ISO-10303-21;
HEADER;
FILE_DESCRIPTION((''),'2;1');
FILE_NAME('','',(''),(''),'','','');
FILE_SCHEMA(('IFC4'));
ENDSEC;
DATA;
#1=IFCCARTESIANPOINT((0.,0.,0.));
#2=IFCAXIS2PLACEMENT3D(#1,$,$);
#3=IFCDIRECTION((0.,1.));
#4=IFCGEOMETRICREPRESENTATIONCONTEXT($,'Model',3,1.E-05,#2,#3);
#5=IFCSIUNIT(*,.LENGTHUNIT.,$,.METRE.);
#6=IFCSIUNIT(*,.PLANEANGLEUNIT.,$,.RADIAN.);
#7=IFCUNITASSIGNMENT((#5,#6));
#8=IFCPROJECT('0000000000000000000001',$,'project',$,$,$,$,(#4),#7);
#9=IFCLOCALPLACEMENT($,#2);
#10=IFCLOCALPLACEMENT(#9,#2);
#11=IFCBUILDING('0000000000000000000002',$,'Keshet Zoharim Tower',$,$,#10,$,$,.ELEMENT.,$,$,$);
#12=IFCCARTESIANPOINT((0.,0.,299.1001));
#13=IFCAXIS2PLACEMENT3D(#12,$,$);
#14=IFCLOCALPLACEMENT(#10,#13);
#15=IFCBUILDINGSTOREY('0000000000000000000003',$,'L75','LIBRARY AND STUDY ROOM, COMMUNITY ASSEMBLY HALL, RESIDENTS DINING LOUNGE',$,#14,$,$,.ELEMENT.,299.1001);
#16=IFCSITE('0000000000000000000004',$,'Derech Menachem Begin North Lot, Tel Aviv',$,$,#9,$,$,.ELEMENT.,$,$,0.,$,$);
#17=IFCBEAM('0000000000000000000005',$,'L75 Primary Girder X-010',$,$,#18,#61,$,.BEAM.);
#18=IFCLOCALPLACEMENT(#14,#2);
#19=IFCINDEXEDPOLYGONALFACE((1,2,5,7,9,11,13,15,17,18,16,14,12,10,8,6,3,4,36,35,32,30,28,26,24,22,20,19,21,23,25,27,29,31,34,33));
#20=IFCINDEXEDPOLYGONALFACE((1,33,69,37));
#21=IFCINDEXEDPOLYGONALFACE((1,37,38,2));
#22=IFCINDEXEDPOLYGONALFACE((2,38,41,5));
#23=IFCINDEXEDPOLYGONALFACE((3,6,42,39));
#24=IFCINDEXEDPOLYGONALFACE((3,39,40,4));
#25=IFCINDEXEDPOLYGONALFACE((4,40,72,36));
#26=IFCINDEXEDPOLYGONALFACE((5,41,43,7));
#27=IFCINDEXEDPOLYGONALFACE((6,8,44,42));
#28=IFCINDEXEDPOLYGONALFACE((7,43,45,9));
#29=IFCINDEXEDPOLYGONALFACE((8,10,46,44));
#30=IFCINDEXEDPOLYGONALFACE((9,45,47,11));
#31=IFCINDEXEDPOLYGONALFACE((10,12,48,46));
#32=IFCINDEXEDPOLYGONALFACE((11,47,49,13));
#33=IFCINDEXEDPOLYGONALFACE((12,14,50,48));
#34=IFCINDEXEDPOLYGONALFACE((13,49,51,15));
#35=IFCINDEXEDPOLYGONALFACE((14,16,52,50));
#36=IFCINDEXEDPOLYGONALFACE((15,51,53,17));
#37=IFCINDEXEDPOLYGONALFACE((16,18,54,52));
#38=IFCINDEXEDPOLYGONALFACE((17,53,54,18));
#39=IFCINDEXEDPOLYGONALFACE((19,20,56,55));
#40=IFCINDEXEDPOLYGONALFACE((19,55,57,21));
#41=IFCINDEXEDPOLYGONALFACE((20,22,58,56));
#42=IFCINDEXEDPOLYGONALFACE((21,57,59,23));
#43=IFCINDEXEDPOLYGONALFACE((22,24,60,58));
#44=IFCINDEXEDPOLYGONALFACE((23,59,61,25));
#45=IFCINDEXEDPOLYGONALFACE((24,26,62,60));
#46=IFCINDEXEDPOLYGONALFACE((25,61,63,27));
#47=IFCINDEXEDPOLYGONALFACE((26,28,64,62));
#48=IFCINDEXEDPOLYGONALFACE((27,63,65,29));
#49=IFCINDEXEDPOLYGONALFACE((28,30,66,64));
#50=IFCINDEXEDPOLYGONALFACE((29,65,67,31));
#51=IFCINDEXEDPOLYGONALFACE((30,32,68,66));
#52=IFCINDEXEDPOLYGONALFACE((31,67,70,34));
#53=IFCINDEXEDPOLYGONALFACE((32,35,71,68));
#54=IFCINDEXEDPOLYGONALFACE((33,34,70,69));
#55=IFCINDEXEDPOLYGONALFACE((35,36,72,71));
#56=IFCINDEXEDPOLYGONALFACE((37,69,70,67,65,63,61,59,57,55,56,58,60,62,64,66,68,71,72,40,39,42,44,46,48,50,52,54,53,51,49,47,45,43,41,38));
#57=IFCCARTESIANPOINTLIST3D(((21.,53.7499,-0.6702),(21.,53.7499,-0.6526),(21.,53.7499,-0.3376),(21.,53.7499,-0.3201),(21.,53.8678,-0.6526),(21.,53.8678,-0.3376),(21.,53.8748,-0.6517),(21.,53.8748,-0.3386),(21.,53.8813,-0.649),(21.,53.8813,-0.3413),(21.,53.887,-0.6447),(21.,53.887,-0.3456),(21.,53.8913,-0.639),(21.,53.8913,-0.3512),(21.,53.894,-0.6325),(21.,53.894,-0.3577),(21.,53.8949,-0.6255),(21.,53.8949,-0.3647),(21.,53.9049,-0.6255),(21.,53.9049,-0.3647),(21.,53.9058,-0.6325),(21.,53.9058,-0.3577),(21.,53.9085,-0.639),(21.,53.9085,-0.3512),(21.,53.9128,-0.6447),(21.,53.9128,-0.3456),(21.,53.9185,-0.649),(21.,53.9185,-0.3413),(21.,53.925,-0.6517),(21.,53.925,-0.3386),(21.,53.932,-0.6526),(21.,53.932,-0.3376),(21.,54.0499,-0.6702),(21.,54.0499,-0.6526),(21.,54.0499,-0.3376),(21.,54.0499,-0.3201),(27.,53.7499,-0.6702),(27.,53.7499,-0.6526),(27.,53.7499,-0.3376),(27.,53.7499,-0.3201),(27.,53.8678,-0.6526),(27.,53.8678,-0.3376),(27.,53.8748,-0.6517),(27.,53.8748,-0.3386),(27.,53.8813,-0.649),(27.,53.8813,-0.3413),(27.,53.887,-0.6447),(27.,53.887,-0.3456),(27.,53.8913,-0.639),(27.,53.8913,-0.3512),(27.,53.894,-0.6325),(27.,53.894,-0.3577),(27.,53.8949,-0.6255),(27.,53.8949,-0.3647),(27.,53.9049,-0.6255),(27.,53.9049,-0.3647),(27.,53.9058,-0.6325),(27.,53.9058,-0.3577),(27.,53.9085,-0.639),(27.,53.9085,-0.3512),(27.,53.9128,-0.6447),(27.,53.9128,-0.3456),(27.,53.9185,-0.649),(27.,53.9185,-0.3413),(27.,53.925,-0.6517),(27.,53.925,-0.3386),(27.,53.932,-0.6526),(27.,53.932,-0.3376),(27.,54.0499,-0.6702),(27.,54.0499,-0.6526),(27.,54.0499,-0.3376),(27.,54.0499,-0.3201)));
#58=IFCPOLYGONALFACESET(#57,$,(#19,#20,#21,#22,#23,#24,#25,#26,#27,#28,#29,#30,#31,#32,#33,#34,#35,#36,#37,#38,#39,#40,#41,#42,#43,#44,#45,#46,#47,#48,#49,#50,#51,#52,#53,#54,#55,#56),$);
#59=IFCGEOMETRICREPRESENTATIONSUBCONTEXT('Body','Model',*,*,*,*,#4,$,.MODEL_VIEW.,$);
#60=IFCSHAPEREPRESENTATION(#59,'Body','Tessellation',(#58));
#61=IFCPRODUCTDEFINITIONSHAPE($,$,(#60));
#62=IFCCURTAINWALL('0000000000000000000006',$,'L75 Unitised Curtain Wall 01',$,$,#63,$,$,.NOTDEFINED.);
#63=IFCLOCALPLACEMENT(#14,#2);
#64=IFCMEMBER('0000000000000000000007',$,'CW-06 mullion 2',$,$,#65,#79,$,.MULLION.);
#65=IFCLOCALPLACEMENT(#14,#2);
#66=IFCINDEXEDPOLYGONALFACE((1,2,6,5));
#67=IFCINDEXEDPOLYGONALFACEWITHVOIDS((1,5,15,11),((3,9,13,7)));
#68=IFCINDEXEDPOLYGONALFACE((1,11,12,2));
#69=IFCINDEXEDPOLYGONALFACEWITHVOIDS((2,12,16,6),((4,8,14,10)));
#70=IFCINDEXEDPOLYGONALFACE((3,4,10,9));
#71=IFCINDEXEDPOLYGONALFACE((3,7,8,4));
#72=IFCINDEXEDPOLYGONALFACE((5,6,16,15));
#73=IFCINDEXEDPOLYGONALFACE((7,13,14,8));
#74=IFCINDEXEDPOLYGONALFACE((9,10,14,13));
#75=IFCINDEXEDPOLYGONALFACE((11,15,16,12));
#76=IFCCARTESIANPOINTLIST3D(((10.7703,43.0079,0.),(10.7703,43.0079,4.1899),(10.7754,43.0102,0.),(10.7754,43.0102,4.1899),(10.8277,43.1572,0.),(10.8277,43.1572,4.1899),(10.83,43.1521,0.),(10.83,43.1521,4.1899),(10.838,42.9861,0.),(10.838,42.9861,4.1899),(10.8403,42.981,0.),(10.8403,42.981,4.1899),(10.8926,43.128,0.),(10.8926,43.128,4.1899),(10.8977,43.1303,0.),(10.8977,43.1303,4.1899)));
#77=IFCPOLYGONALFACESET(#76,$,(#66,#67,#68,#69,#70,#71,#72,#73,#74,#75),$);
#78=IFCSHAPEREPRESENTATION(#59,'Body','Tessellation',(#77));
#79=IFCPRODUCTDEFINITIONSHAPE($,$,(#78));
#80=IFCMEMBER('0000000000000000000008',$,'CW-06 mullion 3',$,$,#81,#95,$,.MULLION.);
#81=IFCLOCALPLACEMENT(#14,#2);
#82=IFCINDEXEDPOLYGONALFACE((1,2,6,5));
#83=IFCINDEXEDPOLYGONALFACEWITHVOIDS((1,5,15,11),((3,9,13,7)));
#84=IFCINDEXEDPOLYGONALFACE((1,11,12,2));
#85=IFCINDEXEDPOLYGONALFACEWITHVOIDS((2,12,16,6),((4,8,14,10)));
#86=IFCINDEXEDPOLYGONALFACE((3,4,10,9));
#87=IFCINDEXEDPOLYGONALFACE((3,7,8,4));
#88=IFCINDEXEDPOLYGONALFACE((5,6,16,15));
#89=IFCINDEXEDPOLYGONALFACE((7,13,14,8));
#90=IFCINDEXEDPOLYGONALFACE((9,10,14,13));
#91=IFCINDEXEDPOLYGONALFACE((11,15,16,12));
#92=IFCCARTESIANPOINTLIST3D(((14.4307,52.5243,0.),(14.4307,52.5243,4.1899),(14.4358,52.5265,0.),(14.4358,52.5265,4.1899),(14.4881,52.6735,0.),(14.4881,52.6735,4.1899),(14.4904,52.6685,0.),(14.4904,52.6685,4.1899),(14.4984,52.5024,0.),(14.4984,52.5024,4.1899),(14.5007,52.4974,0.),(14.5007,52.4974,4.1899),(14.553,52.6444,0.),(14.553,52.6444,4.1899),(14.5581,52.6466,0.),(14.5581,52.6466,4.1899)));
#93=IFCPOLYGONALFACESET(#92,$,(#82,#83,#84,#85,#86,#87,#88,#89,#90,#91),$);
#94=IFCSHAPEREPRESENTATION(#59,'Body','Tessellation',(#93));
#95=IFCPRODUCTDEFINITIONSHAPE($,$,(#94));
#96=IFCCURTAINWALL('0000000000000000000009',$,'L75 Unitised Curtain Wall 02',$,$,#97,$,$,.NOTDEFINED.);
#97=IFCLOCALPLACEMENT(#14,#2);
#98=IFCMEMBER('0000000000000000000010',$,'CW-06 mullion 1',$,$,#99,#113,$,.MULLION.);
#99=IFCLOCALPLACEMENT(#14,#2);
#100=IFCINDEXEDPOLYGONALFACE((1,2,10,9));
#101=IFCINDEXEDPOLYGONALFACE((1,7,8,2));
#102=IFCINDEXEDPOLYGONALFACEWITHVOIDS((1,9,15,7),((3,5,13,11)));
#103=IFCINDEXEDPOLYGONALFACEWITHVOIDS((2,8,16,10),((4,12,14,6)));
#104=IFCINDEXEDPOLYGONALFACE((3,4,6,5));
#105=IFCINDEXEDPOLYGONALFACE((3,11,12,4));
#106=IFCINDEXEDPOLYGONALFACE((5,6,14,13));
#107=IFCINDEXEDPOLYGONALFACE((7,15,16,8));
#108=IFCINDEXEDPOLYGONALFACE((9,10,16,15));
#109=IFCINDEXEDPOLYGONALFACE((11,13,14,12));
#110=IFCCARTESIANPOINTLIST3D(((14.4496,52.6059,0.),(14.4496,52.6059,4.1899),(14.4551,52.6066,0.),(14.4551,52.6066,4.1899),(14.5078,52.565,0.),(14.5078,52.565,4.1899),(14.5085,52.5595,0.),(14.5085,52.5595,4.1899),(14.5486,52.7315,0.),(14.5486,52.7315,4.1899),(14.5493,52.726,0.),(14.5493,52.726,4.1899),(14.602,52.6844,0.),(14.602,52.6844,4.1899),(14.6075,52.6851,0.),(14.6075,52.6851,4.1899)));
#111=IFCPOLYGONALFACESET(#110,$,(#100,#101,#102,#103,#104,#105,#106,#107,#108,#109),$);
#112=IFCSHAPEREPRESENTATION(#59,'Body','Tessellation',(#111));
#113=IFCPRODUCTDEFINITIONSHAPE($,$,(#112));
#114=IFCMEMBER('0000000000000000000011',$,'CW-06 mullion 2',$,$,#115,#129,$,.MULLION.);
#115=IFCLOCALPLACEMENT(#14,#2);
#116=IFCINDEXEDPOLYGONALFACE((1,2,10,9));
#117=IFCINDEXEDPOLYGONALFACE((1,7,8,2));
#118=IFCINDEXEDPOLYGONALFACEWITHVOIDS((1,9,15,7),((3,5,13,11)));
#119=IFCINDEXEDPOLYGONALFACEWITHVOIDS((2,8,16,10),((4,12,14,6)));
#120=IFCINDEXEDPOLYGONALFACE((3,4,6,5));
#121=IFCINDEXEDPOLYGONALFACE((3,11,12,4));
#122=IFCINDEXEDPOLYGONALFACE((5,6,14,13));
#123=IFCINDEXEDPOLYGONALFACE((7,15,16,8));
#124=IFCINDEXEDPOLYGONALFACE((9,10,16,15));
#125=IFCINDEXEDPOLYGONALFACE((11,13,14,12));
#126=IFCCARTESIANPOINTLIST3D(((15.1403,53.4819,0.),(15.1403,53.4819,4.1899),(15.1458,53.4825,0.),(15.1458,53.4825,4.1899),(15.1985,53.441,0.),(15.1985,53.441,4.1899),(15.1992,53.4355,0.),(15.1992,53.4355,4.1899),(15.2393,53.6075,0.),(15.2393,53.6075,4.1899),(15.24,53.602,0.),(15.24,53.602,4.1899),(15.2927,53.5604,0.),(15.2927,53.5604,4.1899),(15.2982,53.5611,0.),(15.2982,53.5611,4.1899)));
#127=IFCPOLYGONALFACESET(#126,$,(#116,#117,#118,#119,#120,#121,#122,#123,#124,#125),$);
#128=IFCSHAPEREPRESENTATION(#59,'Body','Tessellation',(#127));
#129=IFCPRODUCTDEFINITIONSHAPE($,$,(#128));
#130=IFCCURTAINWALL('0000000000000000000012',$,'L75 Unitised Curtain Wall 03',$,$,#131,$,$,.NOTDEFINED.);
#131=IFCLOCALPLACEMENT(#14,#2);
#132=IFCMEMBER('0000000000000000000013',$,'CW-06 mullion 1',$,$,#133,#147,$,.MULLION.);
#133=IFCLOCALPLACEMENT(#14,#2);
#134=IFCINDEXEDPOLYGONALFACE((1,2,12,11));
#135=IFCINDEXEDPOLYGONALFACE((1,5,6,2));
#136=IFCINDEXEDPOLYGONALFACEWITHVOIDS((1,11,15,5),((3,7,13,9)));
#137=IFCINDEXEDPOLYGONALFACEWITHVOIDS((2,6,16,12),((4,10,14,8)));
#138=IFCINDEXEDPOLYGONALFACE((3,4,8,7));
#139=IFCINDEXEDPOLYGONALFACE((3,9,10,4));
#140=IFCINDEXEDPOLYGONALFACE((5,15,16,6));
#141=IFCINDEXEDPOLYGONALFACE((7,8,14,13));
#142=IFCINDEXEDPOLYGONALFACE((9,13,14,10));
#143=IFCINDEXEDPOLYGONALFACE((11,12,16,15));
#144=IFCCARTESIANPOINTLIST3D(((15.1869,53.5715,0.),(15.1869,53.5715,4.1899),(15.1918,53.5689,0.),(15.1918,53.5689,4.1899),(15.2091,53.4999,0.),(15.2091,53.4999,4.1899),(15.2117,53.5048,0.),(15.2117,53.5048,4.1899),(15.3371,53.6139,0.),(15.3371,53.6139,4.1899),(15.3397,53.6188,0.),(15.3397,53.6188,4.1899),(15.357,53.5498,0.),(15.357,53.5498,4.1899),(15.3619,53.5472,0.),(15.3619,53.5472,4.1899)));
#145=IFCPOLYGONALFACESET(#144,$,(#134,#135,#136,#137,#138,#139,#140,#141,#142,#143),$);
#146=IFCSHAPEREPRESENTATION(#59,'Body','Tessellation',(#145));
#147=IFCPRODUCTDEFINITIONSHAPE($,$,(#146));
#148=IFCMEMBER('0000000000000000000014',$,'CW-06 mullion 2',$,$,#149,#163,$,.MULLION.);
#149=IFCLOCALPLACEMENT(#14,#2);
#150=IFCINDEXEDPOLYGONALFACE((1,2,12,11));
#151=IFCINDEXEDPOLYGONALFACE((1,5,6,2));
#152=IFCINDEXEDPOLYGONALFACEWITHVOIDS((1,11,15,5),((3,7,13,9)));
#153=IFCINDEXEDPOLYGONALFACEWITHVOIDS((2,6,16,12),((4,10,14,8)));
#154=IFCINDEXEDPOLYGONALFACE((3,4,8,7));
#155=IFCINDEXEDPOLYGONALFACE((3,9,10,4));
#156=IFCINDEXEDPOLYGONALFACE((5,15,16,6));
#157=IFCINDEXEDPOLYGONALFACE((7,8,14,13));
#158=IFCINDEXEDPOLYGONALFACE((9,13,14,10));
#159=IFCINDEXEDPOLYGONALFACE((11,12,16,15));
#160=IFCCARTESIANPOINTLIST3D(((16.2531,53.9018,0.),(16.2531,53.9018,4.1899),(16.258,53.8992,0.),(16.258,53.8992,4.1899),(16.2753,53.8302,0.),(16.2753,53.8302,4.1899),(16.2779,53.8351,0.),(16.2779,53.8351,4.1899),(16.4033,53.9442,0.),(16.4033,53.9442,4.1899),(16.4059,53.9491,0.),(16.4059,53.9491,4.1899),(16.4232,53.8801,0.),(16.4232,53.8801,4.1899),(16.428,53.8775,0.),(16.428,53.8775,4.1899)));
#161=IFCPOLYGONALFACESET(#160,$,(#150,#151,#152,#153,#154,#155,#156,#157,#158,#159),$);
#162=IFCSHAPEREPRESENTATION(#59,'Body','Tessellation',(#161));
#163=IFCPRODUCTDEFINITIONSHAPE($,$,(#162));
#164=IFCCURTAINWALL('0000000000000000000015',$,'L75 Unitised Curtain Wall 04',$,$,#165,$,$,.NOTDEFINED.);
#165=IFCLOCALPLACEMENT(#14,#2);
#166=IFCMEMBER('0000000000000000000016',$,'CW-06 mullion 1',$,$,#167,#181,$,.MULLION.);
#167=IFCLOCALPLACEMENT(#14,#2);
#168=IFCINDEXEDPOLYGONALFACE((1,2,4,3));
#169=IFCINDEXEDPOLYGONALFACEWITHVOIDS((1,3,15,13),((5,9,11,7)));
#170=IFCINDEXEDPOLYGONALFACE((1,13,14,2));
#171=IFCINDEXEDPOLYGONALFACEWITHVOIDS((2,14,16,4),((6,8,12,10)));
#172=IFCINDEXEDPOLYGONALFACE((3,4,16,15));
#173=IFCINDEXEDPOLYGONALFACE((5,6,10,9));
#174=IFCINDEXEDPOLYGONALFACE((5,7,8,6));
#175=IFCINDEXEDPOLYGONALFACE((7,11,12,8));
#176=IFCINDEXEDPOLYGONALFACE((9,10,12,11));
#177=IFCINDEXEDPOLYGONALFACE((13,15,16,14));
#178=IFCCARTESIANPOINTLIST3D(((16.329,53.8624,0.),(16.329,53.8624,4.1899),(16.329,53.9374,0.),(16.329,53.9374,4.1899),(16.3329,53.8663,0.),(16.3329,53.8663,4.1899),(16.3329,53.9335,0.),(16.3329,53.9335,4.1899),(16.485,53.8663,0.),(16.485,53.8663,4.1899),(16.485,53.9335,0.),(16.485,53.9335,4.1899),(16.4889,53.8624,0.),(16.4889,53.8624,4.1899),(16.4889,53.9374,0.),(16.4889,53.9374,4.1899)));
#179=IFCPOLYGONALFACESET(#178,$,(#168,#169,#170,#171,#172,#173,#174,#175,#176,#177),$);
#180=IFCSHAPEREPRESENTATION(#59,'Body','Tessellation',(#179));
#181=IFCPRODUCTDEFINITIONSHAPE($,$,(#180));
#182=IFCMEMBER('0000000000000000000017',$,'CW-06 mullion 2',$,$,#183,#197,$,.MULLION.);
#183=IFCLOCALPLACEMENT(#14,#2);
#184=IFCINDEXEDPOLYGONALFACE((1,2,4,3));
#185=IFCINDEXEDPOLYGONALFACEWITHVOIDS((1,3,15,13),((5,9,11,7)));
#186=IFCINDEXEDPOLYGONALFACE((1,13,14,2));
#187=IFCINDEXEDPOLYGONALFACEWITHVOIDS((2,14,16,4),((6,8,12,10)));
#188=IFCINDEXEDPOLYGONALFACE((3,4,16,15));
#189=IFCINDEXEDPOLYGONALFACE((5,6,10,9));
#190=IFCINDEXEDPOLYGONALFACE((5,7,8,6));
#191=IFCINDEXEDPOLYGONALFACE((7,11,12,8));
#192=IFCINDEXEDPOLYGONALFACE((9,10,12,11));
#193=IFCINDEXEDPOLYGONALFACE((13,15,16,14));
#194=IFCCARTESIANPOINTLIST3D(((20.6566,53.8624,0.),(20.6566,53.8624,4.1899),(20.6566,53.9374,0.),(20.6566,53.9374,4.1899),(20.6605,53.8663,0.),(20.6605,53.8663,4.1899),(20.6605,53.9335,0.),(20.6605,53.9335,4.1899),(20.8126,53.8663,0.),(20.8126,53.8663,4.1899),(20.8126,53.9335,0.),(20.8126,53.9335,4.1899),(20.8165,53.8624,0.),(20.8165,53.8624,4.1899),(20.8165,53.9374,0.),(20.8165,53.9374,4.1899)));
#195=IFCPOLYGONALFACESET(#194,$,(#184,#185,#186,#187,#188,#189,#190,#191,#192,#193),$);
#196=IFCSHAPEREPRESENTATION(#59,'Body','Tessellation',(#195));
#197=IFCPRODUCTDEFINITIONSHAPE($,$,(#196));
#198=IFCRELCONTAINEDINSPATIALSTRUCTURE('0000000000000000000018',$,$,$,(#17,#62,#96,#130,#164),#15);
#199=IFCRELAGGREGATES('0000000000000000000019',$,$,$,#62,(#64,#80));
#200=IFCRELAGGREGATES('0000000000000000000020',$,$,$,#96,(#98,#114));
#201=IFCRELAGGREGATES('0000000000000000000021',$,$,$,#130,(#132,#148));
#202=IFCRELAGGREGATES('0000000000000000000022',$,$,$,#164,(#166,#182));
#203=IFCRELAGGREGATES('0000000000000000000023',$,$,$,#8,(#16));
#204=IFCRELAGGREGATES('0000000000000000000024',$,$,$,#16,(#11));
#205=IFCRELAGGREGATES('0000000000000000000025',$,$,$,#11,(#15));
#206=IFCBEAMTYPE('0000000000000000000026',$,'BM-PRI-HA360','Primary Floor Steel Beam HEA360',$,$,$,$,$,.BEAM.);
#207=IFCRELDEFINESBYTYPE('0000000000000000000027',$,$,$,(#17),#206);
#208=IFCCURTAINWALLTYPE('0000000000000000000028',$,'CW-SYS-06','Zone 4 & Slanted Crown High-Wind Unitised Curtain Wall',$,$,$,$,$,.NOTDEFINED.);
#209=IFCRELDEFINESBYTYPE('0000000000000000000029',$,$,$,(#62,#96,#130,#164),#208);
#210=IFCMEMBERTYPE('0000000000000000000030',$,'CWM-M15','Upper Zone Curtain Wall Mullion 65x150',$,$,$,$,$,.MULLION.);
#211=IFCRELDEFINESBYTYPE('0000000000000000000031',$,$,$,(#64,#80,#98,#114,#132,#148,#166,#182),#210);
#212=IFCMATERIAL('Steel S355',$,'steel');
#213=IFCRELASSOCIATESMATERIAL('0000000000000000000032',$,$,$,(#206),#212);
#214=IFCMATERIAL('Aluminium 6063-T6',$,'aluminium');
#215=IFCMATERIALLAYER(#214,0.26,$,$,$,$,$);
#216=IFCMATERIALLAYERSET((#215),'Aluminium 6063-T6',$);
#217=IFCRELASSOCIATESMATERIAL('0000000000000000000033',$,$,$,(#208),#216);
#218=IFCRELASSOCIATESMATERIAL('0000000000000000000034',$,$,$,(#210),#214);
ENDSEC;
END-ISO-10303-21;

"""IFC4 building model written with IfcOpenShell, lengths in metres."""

from ifc_helpers import new_model, si_unit, direction, frame, origin, origin_2d, place, context, subcontext, project, spatial, hollow_rectangle, i_section, extrude, material, layer, layer_set, material_profile, profile_set, type_object, element, aggregate, save


model = new_model("IFC4")

# Units and contexts
model_context = context("Model", 3, precision=1e-05, world=origin(), true_north=direction((0.0, 1.0)))
body_context = subcontext(model_context, "Body", "Model", "MODEL_VIEW")
ifc_project = project(units=[si_unit("LENGTHUNIT", "METRE"), si_unit("PLANEANGLEUNIT", "RADIAN")], contexts=[model_context])

# Site, building, storey
site_placement = place(None, origin())
site = spatial("IfcSite", under=ifc_project, at=site_placement, Name="Derech Menachem Begin North Lot, Tel Aviv", CompositionType="ELEMENT", RefElevation=0.0)
building_placement = place(site_placement, origin())
building = spatial("IfcBuilding", under=site, at=building_placement, Name="Keshet Zoharim Tower", CompositionType="ELEMENT")
storey_placement = place(building_placement, frame((0.0, 0.0, 299.1001)))
storey = spatial("IfcBuildingStorey", under=building, at=storey_placement, Name="L75", Description="LIBRARY AND STUDY ROOM, COMMUNITY ASSEMBLY HALL, RESIDENTS DINING LOUNGE", CompositionType="ELEMENT", Elevation=299.1001)

# Shared definitions
ifc_material_1 = material(Name="Steel S355", Category="steel")

# Beam
ifc_material_profile_1 = material_profile(ifc_material_1, i_section(OverallWidth=0.3, OverallDepth=0.3501, WebThickness=0.01, FlangeThickness=0.0176, FilletRadius=0.0271, at=origin_2d()), Name="HEA360")
ifc_profile_set_1 = profile_set([ifc_material_profile_1], Name="Steel S355")
beam_type_1 = type_object("IfcBeamType", Name="BM-PRI-HA360", Description="Primary Floor Steel Beam HEA360", PredefinedType="BEAM", material=ifc_profile_set_1)
beam_1_placement = place(storey_placement, frame((21.0, 53.8999, -0.4951), z_axis=(1.0, 0.0, 0.0), x_axis=(0.0, 1.0, 0.0)))
element("IfcBeam", 1, at=beam_1_placement, inside=storey, type_object=beam_type_1, Name="L75 Primary Girder X-010", PredefinedType="BEAM", context=body_context, shape_type="SweptSolid", body=[
    extrude(i_section(OverallWidth=0.3, OverallDepth=0.3501, WebThickness=0.01, FlangeThickness=0.0176, FilletRadius=0.0271, at=origin_2d()), origin(), (0.0, 0.0, 1.0), 6.0),
])

# Curtain walls, members
ifc_material_2 = material(Name="Aluminium 6063-T6", Category="aluminium")
ifc_layer_1 = layer(ifc_material_2, 0.26)
ifc_layer_set_1 = layer_set([ifc_layer_1], Name="Aluminium 6063-T6")
curtain_wall_type = type_object("IfcCurtainWallType", Name="CW-SYS-06", Description="Zone 4 & Slanted Crown High-Wind Unitised Curtain Wall", PredefinedType="NOTDEFINED", material=ifc_layer_set_1)
curtain_wall_1_placement = place(storey_placement, origin())
curtain_wall_1 = element("IfcCurtainWall", 2, at=curtain_wall_1_placement, inside=storey, type_object=curtain_wall_type, Name="L75 Unitised Curtain Wall 01", PredefinedType="NOTDEFINED")
ifc_material_profile_2 = material_profile(ifc_material_2, hollow_rectangle(XDim=0.075, YDim=0.1599, WallThickness=0.0039, at=origin_2d()), Name="MUL-75x160")
ifc_profile_set_2 = profile_set([ifc_material_profile_2], Name="Aluminium 6063-T6")
member_type_1 = type_object("IfcMemberType", Name="CWM-M15", Description="Upper Zone Curtain Wall Mullion 65x150", PredefinedType="MULLION", material=ifc_profile_set_2)
member_1_placement = place(storey_placement, frame((10.834, 43.0691, 0.0), z_axis=(0.0, 0.0, 1.0), x_axis=(-0.933336, 0.359005, 0.0)))
member_1 = element("IfcMember", 3, at=member_1_placement, type_object=member_type_1, Name="CW-06 mullion 2", PredefinedType="MULLION", context=body_context, shape_type="SweptSolid", body=[
    extrude(hollow_rectangle(XDim=0.075, YDim=0.1599, WallThickness=0.0039, at=origin_2d()), origin(), (0.0, 0.0, 1.0), 4.1899),
])
member_2_placement = place(storey_placement, frame((14.4944, 52.5854, 0.0), z_axis=(0.0, 0.0, 1.0), x_axis=(-0.933336, 0.359005, 0.0)))
member_2 = element("IfcMember", 4, at=member_2_placement, type_object=member_type_1, Name="CW-06 mullion 3", PredefinedType="MULLION", context=body_context, shape_type="SweptSolid", body=[
    extrude(hollow_rectangle(XDim=0.075, YDim=0.1599, WallThickness=0.0039, at=origin_2d()), origin(), (0.0, 0.0, 1.0), 4.1899),
])
curtain_wall_2_placement = place(storey_placement, origin())
curtain_wall_2 = element("IfcCurtainWall", 5, at=curtain_wall_2_placement, inside=storey, type_object=curtain_wall_type, Name="L75 Unitised Curtain Wall 02", PredefinedType="NOTDEFINED")
member_3_placement = place(storey_placement, frame((14.5286, 52.6455, 0.0), z_axis=(0.0, 0.0, 1.0), x_axis=(-0.785293, 0.619125, 0.0)))
member_3 = element("IfcMember", 6, at=member_3_placement, type_object=member_type_1, Name="CW-06 mullion 1", PredefinedType="MULLION", context=body_context, shape_type="SweptSolid", body=[
    extrude(hollow_rectangle(XDim=0.075, YDim=0.1599, WallThickness=0.0039, at=origin_2d()), origin(), (0.0, 0.0, 1.0), 4.1899),
])
member_4_placement = place(storey_placement, frame((15.2192, 53.5215, 0.0), z_axis=(0.0, 0.0, 1.0), x_axis=(-0.785293, 0.619125, 0.0)))
member_4 = element("IfcMember", 7, at=member_4_placement, type_object=member_type_1, Name="CW-06 mullion 2", PredefinedType="MULLION", context=body_context, shape_type="SweptSolid", body=[
    extrude(hollow_rectangle(XDim=0.075, YDim=0.1599, WallThickness=0.0039, at=origin_2d()), origin(), (0.0, 0.0, 1.0), 4.1899),
])
curtain_wall_3_placement = place(storey_placement, origin())
curtain_wall_3 = element("IfcCurtainWall", 8, at=curtain_wall_3_placement, inside=storey, type_object=curtain_wall_type, Name="L75 Unitised Curtain Wall 03", PredefinedType="NOTDEFINED")
member_5_placement = place(storey_placement, frame((15.2744, 53.5593, 0.0), z_axis=(0.0, 0.0, 1.0), x_axis=(-0.295922, 0.955212, 0.0)))
member_5 = element("IfcMember", 9, at=member_5_placement, type_object=member_type_1, Name="CW-06 mullion 1", PredefinedType="MULLION", context=body_context, shape_type="SweptSolid", body=[
    extrude(hollow_rectangle(XDim=0.075, YDim=0.1599, WallThickness=0.0039, at=origin_2d()), origin(), (0.0, 0.0, 1.0), 4.1899),
])
member_6_placement = place(storey_placement, frame((16.3406, 53.8896, 0.0), z_axis=(0.0, 0.0, 1.0), x_axis=(-0.295922, 0.955212, 0.0)))
member_6 = element("IfcMember", 10, at=member_6_placement, type_object=member_type_1, Name="CW-06 mullion 2", PredefinedType="MULLION", context=body_context, shape_type="SweptSolid", body=[
    extrude(hollow_rectangle(XDim=0.075, YDim=0.1599, WallThickness=0.0039, at=origin_2d()), origin(), (0.0, 0.0, 1.0), 4.1899),
])
curtain_wall_4_placement = place(storey_placement, origin())
curtain_wall_4 = element("IfcCurtainWall", 11, at=curtain_wall_4_placement, inside=storey, type_object=curtain_wall_type, Name="L75 Unitised Curtain Wall 04", PredefinedType="NOTDEFINED")
member_7_placement = place(storey_placement, frame((16.4089, 53.8999, 0.0), z_axis=(0.0, 0.0, 1.0), x_axis=(0.0, 1.0, 0.0)))
member_7 = element("IfcMember", 12, at=member_7_placement, type_object=member_type_1, Name="CW-06 mullion 1", PredefinedType="MULLION", context=body_context, shape_type="SweptSolid", body=[
    extrude(hollow_rectangle(XDim=0.075, YDim=0.1599, WallThickness=0.0039, at=origin_2d()), origin(), (0.0, 0.0, 1.0), 4.1899),
])
member_8_placement = place(storey_placement, frame((20.7366, 53.8999, 0.0), z_axis=(0.0, 0.0, 1.0), x_axis=(0.0, 1.0, 0.0)))
member_8 = element("IfcMember", 13, at=member_8_placement, type_object=member_type_1, Name="CW-06 mullion 2", PredefinedType="MULLION", context=body_context, shape_type="SweptSolid", body=[
    extrude(hollow_rectangle(XDim=0.075, YDim=0.1599, WallThickness=0.0039, at=origin_2d()), origin(), (0.0, 0.0, 1.0), 4.1899),
])

aggregate(curtain_wall_1, [member_1, member_2])
aggregate(curtain_wall_2, [member_3, member_4])
aggregate(curtain_wall_3, [member_5, member_6])
aggregate(curtain_wall_4, [member_7, member_8])

save(model, "model.ifc")
